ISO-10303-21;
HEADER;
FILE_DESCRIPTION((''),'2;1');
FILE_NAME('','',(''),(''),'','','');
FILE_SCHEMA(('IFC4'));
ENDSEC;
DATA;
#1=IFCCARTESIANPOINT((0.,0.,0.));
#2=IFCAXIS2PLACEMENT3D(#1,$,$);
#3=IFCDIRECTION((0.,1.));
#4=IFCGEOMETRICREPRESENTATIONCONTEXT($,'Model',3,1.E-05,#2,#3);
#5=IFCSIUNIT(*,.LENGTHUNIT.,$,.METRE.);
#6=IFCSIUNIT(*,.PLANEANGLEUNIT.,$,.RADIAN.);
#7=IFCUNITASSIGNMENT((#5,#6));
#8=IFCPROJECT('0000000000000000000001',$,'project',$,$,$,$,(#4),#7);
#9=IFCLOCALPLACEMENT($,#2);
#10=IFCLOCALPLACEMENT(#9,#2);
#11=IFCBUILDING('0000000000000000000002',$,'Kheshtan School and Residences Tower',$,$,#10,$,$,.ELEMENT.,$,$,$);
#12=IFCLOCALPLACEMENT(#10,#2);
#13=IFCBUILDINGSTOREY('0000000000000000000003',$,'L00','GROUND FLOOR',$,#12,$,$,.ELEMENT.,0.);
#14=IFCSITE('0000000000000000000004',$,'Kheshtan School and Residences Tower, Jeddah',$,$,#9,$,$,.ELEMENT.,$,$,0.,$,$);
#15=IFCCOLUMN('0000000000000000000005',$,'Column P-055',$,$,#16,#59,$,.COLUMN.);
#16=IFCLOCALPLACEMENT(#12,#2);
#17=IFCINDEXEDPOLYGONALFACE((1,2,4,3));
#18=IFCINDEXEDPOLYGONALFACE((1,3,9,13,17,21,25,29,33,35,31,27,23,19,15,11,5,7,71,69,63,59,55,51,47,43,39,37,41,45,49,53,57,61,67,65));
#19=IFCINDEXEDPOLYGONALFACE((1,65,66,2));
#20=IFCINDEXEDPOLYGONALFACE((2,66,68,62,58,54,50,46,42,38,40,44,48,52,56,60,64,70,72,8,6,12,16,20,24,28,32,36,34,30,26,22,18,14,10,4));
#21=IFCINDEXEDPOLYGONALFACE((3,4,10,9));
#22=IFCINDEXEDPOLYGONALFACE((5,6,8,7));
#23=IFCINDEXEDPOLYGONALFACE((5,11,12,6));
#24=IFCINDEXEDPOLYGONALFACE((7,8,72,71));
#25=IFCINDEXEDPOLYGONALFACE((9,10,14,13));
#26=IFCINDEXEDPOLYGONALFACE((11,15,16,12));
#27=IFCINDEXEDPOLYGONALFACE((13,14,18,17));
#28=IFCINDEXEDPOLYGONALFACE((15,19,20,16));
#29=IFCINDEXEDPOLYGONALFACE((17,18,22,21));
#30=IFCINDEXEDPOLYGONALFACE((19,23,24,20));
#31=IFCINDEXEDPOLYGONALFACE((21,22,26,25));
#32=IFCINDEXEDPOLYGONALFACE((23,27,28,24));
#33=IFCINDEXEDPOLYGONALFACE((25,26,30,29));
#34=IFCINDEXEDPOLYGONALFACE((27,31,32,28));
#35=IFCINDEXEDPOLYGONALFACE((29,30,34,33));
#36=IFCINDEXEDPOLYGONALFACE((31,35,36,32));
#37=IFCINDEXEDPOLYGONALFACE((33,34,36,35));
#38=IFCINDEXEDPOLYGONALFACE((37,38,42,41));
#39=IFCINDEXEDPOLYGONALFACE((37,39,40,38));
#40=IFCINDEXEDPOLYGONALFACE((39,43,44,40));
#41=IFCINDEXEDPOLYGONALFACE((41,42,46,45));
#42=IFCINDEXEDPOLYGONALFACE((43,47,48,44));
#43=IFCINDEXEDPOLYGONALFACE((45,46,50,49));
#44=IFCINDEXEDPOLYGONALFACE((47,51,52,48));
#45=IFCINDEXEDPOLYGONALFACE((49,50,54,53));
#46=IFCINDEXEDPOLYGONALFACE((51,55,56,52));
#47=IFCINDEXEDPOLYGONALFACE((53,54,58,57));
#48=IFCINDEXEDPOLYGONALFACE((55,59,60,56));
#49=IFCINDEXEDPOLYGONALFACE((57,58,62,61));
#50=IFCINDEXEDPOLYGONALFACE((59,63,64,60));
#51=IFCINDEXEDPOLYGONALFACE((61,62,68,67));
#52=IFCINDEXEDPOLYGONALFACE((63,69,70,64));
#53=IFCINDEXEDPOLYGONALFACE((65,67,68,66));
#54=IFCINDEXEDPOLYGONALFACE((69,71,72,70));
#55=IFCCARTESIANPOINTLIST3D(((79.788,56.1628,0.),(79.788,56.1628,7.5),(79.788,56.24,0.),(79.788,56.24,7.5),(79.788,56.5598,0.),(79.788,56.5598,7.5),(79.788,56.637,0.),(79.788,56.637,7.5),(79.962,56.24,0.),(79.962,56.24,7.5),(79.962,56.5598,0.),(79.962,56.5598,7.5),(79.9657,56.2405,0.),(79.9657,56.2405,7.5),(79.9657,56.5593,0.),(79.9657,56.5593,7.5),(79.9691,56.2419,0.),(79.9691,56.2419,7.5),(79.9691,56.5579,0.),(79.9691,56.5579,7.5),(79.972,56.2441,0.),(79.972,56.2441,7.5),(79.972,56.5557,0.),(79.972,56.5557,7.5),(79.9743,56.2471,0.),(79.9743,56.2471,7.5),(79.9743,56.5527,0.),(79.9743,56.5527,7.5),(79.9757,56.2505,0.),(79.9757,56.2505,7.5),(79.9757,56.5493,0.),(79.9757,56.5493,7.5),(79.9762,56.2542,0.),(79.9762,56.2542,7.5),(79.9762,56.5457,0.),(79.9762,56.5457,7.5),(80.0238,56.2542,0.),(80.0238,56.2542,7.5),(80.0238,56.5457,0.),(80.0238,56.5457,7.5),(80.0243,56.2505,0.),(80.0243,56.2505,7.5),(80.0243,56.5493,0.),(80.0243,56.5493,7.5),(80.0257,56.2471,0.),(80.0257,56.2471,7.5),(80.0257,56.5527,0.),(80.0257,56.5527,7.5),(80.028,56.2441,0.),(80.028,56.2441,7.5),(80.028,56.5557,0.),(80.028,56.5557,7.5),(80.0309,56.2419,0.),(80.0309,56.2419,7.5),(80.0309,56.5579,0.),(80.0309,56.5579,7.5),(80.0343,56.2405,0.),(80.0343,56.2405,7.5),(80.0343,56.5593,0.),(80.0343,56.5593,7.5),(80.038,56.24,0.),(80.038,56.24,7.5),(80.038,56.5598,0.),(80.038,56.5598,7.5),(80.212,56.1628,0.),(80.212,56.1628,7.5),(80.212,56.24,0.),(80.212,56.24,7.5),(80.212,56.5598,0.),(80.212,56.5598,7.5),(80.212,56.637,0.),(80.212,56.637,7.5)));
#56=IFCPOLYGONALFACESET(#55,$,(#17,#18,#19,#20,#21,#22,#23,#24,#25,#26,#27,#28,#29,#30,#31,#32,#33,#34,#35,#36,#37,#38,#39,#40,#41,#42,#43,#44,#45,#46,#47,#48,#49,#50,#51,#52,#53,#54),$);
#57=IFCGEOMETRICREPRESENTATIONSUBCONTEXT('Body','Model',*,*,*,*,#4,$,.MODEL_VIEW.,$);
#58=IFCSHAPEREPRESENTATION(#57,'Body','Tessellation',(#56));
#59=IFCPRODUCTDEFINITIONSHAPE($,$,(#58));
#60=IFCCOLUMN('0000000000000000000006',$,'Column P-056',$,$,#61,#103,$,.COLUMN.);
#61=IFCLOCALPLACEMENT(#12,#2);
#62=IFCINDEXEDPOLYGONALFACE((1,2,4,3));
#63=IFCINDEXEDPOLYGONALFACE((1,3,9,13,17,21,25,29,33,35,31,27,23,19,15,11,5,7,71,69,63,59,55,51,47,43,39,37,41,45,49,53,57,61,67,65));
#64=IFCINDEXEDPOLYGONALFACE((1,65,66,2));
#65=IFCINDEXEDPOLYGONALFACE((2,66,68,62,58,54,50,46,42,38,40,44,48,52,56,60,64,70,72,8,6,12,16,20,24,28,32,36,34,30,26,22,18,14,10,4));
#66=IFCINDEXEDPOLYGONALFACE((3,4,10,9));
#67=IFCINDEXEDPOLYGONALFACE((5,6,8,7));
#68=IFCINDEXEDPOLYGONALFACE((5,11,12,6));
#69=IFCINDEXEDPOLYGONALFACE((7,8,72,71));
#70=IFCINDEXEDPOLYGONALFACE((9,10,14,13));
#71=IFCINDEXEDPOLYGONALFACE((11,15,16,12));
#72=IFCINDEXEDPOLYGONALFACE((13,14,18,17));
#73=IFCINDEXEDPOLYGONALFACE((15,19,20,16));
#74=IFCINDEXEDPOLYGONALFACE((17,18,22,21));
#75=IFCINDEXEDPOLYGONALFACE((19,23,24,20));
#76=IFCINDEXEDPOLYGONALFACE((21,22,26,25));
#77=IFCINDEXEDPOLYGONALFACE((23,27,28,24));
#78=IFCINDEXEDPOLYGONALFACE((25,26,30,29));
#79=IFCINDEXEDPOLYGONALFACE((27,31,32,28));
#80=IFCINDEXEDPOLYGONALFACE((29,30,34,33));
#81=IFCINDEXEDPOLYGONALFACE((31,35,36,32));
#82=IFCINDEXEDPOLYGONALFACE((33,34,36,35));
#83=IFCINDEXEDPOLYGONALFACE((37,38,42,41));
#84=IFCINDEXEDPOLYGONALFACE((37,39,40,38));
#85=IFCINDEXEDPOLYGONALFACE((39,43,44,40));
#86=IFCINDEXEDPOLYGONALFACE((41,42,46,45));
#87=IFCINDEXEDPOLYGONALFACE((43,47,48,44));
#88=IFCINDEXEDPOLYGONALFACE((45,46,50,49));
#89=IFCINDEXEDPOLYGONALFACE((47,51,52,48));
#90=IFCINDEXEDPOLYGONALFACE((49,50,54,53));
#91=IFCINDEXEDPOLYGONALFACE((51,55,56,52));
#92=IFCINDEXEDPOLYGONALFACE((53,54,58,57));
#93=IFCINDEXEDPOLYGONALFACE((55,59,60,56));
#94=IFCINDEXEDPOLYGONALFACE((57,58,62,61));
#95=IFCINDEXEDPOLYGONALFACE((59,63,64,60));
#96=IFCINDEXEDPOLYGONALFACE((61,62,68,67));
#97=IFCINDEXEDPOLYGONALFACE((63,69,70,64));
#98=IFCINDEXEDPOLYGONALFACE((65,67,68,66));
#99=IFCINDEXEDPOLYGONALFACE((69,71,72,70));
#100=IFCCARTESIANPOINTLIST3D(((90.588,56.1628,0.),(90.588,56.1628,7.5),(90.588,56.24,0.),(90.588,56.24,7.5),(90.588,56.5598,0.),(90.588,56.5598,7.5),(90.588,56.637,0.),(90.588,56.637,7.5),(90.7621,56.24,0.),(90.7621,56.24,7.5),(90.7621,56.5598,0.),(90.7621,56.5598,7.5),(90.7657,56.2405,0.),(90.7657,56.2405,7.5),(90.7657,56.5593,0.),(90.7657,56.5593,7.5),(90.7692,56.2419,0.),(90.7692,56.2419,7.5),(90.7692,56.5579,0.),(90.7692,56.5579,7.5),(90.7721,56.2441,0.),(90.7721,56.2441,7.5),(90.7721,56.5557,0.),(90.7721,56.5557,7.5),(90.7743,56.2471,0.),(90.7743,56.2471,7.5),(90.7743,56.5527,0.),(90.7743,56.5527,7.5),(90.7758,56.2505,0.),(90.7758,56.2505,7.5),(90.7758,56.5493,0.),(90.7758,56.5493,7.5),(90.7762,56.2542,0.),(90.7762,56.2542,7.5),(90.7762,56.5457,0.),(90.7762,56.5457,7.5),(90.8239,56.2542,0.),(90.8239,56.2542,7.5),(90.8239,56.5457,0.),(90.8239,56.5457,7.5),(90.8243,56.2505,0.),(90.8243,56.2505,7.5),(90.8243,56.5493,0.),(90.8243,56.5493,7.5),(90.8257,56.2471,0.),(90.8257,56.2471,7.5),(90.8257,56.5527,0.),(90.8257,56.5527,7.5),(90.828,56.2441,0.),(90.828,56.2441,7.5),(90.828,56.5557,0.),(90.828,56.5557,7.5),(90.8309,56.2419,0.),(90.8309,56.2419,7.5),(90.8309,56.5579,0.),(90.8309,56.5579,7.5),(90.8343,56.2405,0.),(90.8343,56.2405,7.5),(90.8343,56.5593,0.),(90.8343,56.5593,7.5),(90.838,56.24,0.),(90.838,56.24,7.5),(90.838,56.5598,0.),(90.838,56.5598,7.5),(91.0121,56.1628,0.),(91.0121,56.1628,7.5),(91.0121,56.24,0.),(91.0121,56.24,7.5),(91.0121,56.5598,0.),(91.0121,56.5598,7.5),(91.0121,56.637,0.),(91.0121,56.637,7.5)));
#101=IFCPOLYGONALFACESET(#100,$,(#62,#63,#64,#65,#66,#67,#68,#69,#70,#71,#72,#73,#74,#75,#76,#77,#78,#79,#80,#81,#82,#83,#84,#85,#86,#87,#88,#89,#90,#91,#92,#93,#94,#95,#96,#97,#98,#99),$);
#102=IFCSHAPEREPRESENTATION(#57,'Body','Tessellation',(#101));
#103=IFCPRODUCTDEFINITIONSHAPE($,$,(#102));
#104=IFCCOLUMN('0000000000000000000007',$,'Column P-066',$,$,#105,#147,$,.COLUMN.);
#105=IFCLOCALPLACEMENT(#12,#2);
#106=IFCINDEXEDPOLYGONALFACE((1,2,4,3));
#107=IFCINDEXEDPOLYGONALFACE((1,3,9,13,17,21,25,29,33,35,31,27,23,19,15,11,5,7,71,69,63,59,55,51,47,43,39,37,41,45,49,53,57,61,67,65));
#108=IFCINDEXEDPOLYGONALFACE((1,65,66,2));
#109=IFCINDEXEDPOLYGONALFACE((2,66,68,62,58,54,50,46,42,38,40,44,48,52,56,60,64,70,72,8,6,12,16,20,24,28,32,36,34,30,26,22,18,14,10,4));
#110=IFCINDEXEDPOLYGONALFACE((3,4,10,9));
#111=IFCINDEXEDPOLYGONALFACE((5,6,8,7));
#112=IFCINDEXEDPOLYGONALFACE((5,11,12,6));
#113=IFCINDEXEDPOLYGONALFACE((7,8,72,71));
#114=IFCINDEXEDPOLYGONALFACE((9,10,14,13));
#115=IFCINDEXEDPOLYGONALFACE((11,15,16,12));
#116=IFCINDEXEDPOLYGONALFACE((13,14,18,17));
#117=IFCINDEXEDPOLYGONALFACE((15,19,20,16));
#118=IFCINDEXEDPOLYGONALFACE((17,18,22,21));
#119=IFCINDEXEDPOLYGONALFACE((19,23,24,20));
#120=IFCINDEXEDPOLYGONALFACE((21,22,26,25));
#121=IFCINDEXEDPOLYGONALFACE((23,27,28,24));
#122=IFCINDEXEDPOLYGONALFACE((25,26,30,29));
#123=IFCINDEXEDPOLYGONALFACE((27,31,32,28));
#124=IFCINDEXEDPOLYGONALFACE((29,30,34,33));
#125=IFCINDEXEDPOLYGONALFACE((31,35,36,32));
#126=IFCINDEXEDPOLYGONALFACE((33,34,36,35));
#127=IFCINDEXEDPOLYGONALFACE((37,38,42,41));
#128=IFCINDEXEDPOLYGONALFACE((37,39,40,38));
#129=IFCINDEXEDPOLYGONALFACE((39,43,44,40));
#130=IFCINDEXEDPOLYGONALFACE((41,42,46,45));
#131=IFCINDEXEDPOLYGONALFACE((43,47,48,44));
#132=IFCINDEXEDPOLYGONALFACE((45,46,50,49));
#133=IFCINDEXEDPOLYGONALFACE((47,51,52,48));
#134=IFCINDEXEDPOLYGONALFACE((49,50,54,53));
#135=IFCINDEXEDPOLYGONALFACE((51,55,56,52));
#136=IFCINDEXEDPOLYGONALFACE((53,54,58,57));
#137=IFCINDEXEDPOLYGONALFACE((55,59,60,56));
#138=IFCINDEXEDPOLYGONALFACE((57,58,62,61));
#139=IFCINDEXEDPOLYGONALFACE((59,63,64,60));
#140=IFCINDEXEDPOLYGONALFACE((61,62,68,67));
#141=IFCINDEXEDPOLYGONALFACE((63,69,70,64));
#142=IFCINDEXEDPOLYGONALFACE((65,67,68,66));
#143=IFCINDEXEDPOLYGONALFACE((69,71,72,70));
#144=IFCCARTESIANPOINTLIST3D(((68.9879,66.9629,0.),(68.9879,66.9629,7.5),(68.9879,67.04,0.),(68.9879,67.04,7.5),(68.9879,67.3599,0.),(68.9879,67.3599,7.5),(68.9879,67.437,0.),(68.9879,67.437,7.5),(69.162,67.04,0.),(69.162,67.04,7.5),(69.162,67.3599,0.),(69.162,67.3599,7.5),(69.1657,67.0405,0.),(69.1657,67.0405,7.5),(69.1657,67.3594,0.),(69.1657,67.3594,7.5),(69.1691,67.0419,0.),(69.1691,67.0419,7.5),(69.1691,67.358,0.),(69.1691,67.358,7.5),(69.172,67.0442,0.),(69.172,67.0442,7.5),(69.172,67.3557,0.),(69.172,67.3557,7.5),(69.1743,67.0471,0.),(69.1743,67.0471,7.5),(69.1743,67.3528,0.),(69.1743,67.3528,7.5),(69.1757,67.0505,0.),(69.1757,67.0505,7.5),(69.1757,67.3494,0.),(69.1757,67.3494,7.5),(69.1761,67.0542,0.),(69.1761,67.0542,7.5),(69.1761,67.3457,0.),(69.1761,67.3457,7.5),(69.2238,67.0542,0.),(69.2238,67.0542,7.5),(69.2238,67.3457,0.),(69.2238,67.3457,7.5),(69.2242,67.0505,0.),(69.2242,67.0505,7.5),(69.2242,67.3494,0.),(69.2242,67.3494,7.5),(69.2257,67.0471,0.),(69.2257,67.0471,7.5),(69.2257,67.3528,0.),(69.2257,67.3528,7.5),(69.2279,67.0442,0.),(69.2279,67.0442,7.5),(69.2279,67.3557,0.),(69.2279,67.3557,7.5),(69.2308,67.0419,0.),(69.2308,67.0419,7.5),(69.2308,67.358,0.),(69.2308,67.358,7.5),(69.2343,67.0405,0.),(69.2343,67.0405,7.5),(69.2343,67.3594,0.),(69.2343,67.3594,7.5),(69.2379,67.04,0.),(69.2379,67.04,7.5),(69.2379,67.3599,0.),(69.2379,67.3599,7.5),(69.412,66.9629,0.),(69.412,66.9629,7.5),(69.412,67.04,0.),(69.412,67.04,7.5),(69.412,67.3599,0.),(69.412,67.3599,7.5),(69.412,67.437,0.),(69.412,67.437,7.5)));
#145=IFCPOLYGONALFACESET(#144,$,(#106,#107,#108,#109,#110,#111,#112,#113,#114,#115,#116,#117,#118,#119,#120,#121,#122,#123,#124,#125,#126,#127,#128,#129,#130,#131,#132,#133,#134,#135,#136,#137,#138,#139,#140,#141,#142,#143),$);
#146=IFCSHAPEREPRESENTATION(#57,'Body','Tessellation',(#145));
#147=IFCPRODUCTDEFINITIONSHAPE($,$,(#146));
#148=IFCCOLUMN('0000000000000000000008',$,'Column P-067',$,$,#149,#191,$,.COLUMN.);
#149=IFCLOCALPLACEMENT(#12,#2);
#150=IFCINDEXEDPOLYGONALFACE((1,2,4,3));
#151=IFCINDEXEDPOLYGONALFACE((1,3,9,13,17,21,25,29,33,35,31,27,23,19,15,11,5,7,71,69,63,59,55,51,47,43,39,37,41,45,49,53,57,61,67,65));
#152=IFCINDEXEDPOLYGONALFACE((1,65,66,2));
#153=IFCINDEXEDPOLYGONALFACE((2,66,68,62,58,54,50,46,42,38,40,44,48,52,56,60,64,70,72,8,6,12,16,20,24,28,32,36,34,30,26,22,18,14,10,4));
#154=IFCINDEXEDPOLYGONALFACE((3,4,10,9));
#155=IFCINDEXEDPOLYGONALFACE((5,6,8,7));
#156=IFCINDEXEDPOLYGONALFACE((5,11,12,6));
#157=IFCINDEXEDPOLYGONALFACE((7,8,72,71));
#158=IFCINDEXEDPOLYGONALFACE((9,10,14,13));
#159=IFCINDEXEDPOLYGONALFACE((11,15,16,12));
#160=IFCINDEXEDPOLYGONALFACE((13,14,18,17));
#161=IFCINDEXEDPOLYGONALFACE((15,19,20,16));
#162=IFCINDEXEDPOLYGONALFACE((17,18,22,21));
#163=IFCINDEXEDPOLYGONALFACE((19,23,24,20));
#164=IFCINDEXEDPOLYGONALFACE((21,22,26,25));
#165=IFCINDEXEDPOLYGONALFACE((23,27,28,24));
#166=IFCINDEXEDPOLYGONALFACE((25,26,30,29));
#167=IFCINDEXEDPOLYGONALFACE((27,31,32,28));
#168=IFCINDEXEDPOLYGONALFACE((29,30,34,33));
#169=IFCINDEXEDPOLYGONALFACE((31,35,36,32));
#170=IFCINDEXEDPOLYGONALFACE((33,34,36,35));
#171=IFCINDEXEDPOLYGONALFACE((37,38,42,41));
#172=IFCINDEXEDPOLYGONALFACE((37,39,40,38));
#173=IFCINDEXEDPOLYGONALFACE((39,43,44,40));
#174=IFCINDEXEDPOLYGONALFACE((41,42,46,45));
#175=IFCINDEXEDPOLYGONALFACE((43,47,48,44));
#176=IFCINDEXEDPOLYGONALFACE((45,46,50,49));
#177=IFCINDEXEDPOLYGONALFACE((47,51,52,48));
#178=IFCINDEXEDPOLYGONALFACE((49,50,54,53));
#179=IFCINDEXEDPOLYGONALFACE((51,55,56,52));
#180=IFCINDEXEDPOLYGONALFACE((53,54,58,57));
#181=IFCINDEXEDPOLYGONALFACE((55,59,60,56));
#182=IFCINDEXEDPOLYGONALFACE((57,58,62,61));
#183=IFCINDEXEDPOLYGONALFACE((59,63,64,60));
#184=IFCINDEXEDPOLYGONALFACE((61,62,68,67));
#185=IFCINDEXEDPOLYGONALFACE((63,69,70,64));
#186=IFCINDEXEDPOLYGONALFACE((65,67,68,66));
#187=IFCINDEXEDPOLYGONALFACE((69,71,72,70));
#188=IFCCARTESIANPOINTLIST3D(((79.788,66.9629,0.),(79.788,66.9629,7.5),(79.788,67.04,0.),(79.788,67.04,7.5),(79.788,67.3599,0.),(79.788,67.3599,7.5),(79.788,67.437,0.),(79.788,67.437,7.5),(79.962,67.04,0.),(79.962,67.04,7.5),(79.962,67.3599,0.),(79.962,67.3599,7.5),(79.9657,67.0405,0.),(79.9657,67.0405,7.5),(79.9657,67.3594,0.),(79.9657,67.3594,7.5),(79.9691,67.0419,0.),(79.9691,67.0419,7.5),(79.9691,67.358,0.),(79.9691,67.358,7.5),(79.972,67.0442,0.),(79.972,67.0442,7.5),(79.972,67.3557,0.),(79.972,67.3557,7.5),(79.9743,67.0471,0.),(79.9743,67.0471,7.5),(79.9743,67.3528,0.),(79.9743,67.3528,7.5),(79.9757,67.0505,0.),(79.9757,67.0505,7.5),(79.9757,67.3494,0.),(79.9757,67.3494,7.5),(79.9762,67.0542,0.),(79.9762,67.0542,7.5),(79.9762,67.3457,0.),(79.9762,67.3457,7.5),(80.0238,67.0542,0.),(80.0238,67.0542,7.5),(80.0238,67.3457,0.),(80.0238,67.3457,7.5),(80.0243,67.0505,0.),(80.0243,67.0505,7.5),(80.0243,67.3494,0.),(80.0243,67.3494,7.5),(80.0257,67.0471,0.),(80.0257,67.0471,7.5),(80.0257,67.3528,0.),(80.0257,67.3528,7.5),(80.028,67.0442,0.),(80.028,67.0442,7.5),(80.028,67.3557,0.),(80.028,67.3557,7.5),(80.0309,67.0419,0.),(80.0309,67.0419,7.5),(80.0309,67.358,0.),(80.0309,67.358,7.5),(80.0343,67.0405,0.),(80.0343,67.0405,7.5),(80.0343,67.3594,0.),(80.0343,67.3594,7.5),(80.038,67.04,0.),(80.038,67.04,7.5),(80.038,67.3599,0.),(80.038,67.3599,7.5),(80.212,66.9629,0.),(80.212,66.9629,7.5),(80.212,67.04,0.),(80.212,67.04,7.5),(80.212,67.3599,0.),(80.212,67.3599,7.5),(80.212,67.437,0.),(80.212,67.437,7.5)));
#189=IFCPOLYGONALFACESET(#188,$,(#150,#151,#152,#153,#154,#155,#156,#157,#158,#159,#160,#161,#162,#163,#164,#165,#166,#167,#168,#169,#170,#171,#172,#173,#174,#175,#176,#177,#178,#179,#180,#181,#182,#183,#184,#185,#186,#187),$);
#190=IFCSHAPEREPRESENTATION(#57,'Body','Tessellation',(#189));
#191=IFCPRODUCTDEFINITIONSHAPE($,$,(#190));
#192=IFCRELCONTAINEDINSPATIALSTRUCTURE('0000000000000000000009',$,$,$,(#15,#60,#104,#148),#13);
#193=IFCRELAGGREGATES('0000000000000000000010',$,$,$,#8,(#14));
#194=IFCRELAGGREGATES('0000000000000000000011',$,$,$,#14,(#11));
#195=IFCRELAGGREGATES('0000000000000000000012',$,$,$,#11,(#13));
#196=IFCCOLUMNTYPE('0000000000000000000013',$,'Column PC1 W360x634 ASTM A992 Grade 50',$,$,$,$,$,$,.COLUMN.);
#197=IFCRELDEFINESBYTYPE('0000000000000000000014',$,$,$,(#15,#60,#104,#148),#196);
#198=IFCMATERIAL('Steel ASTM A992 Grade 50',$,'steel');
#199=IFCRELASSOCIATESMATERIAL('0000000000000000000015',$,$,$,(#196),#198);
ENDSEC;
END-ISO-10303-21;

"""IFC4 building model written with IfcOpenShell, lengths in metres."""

from ifc_helpers import new_model, si_unit, direction, frame, origin, origin_2d, place, context, subcontext, project, spatial, i_section, extrude, material, material_profile, profile_set, type_object, element, save


model = new_model("IFC4")

# Units and contexts
model_context = context("Model", 3, precision=1e-05, world=origin(), true_north=direction((0.0, 1.0)))
body_context = subcontext(model_context, "Body", "Model", "MODEL_VIEW")
ifc_project = project(units=[si_unit("LENGTHUNIT", "METRE"), si_unit("PLANEANGLEUNIT", "RADIAN")], contexts=[model_context])

# Site, building, storey
site_placement = place(None, origin())
site = spatial("IfcSite", under=ifc_project, at=site_placement, Name="Kheshtan School and Residences Tower, Jeddah", CompositionType="ELEMENT", RefElevation=0.0)
building_placement = place(site_placement, origin())
building = spatial("IfcBuilding", under=site, at=building_placement, Name="Kheshtan School and Residences Tower", CompositionType="ELEMENT")
storey_placement = place(building_placement, origin())
storey = spatial("IfcBuildingStorey", under=building, at=storey_placement, Name="L00", Description="GROUND FLOOR", CompositionType="ELEMENT", Elevation=0.0)

# Columns
ifc_material_1 = material(Name="Steel ASTM A992 Grade 50", Category="steel")
ifc_material_profile_1 = material_profile(ifc_material_1, i_section(OverallWidth=0.4241, OverallDepth=0.4741, WebThickness=0.0476, FlangeThickness=0.0771, FilletRadius=0.0142, at=origin_2d()), Name="W360x634")
ifc_profile_set_1 = profile_set([ifc_material_profile_1], Name="Steel ASTM A992 Grade 50")
column_type = type_object("IfcColumnType", Name="Column PC1 W360x634 ASTM A992 Grade 50", PredefinedType="COLUMN", material=ifc_profile_set_1)
for number, where, z_axis, x_axis, name in (
    (1, (80.0, 56.3999, 0.0), (0.0, 0.0, 1.0), (1.0, 0.0, 0.0), "Column P-055"),
    (2, (90.8, 56.3999, 0.0), (0.0, 0.0, 1.0), (1.0, 0.0, 0.0), "Column P-056"),
    (3, (69.2, 67.2, 0.0), (0.0, 0.0, 1.0), (1.0, 0.0, 0.0), "Column P-066"),
    (4, (80.0, 67.2, 0.0), (0.0, 0.0, 1.0), (1.0, 0.0, 0.0), "Column P-067"),
):
    element("IfcColumn", number, at=place(storey_placement, frame(where, z_axis=z_axis, x_axis=x_axis)), inside=storey, type_object=column_type, Name=name, PredefinedType="COLUMN", context=body_context, shape_type="SweptSolid", body=[
        extrude(i_section(OverallWidth=0.4241, OverallDepth=0.4741, WebThickness=0.0476, FlangeThickness=0.0771, FilletRadius=0.0142, at=origin_2d()), origin(), (0.0, 0.0, 1.0), 7.5),
    ])

save(model, "model.ifc")
